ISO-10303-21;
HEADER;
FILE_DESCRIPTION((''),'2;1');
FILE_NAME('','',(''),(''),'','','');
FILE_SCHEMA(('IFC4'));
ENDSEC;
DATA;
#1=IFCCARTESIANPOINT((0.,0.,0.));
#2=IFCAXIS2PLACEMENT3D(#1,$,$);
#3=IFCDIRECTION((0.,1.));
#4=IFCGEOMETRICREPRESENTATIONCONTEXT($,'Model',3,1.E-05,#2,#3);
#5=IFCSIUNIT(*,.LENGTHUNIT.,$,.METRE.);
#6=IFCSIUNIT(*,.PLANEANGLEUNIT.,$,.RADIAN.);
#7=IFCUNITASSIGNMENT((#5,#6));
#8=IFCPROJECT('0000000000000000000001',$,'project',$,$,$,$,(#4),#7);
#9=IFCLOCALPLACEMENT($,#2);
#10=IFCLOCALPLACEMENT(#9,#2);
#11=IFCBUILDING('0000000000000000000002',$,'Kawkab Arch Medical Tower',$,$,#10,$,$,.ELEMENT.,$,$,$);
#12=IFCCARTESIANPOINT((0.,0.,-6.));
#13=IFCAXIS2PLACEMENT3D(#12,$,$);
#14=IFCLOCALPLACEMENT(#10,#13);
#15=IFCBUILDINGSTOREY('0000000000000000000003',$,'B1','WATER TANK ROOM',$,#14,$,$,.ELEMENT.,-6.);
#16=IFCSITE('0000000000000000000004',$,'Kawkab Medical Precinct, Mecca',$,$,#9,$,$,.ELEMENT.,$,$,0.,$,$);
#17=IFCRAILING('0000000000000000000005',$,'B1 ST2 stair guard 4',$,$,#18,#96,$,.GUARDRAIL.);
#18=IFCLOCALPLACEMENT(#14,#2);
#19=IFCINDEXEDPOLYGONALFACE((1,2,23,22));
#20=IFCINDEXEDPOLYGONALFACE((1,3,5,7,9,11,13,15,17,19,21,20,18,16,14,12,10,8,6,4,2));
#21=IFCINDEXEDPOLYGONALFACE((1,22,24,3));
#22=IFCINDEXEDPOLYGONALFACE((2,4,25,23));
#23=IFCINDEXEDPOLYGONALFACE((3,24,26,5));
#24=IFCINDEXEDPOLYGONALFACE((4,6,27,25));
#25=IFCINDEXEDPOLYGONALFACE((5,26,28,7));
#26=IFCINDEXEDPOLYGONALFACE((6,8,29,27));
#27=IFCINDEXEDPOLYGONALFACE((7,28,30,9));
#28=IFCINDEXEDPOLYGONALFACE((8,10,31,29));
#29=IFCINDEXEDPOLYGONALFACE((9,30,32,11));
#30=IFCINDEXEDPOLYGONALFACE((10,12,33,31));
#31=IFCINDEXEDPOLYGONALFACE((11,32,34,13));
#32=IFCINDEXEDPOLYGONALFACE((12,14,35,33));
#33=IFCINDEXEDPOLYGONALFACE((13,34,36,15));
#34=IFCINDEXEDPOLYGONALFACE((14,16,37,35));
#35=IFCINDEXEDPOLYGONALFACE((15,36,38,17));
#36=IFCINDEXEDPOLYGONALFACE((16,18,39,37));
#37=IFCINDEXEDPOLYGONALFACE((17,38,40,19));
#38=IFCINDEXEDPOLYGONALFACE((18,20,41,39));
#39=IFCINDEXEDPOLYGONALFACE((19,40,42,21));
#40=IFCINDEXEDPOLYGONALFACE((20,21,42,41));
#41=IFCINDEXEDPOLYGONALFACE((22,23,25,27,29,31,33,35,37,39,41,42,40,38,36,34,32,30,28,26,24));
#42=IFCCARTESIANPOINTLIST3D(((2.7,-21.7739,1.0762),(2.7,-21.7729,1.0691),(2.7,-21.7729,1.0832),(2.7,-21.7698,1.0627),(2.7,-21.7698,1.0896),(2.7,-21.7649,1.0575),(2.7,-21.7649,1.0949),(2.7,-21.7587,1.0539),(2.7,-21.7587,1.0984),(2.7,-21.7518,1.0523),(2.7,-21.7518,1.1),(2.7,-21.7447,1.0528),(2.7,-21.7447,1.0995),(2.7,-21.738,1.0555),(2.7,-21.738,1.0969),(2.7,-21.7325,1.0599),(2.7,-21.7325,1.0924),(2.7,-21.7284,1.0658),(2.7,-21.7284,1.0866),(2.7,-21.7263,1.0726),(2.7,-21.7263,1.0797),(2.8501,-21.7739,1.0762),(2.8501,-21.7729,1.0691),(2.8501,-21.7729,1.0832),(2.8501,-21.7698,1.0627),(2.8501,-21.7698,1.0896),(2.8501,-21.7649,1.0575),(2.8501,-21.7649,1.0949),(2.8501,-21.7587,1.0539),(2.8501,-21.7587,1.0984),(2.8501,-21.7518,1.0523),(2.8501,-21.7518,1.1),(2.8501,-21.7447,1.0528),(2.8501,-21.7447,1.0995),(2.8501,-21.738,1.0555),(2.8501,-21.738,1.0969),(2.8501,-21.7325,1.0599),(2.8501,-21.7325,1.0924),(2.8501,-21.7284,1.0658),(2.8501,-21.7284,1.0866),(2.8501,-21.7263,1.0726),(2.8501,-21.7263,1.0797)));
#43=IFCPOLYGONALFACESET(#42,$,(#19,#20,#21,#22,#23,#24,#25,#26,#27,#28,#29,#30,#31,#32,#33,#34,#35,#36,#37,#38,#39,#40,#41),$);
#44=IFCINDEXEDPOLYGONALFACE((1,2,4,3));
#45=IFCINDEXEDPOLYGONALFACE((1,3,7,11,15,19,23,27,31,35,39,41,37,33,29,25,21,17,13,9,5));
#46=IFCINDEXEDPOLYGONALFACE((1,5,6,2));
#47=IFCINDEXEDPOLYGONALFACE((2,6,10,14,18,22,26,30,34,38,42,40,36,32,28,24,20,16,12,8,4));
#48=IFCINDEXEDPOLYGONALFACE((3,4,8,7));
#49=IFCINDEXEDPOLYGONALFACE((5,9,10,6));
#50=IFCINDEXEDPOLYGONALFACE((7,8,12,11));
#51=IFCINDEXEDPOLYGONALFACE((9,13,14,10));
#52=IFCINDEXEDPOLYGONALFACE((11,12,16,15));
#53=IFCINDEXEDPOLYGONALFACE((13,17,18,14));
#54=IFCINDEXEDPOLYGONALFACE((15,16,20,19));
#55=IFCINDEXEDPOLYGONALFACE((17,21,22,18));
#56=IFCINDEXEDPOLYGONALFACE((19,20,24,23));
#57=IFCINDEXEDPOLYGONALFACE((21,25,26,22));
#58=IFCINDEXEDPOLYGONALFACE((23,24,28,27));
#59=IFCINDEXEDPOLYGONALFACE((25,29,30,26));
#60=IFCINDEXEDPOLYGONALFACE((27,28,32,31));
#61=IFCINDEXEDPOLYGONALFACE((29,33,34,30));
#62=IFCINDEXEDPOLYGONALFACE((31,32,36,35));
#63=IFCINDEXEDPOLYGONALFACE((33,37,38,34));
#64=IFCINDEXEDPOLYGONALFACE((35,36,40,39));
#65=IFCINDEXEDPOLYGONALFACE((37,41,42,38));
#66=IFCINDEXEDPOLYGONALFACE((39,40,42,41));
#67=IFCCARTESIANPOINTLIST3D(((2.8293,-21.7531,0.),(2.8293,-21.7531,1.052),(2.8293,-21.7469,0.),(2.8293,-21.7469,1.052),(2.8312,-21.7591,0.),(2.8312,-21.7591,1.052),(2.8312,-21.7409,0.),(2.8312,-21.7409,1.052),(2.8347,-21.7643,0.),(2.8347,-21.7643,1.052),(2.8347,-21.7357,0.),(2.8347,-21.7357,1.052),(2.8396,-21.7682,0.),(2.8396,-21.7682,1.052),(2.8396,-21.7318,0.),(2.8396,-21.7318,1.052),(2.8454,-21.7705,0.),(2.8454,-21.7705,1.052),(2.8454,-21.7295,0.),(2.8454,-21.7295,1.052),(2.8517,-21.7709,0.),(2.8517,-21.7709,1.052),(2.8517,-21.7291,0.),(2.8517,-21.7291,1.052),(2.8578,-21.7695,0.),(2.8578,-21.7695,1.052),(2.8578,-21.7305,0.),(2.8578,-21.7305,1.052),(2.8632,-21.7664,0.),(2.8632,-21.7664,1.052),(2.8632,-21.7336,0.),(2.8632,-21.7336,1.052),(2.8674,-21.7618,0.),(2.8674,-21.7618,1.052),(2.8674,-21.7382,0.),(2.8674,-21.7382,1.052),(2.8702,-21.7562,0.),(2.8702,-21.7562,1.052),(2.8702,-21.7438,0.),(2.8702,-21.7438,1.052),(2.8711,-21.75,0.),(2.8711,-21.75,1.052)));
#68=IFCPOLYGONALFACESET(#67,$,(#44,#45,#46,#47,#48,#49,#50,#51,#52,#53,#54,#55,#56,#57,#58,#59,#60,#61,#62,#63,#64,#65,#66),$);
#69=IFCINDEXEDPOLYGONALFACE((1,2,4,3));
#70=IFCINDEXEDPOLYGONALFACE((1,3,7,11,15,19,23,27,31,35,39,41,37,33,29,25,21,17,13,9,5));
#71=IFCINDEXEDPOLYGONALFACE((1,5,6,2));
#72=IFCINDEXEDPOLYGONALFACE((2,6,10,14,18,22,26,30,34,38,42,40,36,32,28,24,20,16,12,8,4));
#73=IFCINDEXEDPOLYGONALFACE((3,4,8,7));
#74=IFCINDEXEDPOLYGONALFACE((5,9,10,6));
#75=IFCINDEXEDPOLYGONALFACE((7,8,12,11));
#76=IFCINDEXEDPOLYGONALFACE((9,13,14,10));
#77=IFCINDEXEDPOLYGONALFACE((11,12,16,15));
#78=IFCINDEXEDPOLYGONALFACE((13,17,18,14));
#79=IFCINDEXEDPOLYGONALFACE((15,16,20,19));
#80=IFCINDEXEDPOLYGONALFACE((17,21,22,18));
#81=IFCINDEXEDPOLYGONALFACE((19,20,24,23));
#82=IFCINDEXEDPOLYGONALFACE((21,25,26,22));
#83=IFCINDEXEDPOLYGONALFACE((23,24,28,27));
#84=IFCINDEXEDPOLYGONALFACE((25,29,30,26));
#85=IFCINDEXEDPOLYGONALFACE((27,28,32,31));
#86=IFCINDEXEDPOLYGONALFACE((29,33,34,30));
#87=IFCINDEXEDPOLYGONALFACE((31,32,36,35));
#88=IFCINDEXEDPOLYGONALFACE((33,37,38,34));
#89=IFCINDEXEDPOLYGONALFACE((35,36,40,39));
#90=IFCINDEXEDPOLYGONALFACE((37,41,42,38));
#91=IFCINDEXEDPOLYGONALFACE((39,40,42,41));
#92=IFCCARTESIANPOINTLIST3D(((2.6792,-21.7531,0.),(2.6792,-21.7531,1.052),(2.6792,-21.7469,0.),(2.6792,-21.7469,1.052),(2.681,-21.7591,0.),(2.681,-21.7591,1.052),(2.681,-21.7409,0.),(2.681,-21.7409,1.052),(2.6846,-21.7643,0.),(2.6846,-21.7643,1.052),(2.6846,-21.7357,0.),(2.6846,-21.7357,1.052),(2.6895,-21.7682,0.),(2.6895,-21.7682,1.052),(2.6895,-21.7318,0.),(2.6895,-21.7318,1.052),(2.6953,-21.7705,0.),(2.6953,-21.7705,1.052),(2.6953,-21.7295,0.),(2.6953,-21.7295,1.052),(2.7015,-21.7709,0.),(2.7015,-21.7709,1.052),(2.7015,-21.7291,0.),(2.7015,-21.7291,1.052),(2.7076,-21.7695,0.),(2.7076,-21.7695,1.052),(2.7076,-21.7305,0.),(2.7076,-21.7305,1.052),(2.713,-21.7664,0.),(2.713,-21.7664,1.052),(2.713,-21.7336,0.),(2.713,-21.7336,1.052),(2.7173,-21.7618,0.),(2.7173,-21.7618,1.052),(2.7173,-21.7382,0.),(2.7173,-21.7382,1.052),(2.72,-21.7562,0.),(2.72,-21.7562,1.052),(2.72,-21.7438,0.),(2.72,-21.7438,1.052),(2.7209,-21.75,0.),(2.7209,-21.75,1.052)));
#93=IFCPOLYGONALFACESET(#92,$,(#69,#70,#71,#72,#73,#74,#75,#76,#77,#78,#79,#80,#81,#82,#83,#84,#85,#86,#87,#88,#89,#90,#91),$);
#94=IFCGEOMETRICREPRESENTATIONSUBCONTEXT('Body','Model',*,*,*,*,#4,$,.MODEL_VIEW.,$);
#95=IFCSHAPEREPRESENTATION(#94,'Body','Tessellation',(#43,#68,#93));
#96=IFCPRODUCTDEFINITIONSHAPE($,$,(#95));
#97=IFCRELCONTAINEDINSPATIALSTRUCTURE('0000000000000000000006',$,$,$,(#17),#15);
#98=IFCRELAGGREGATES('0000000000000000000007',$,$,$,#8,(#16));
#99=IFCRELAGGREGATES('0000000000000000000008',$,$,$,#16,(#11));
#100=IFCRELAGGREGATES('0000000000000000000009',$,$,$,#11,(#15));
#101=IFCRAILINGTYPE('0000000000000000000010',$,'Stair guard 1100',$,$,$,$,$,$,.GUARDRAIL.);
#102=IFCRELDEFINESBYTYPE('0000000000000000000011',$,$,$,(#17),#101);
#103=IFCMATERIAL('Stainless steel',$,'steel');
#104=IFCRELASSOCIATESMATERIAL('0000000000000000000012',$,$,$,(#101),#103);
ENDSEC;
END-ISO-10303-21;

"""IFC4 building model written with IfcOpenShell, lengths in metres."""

from ifc_helpers import new_model, si_unit, direction, frame, origin, origin_2d, place, context, subcontext, project, spatial, circle, extrude, material, type_object, element, save


model = new_model("IFC4")

# Units and contexts
model_context = context("Model", 3, precision=1e-05, world=origin(), true_north=direction((0.0, 1.0)))
body_context = subcontext(model_context, "Body", "Model", "MODEL_VIEW")
ifc_project = project(units=[si_unit("LENGTHUNIT", "METRE"), si_unit("PLANEANGLEUNIT", "RADIAN")], contexts=[model_context])

# Site, building, storey
site_placement = place(None, origin())
site = spatial("IfcSite", under=ifc_project, at=site_placement, Name="Kawkab Medical Precinct, Mecca", CompositionType="ELEMENT", RefElevation=0.0)
building_placement = place(site_placement, origin())
building = spatial("IfcBuilding", under=site, at=building_placement, Name="Kawkab Arch Medical Tower", CompositionType="ELEMENT")
storey_placement = place(building_placement, frame((0.0, 0.0, -6.0)))
storey = spatial("IfcBuildingStorey", under=building, at=storey_placement, Name="B1", Description="WATER TANK ROOM", CompositionType="ELEMENT", Elevation=-6.0)

# Railing
ifc_material_1 = material(Name="Stainless steel", Category="steel")
railing_type = type_object("IfcRailingType", Name="Stair guard 1100", PredefinedType="GUARDRAIL", material=ifc_material_1)
railing_1_placement = place(storey_placement, frame((2.8501, -21.75, 0.0)))
element("IfcRailing", 1, at=railing_1_placement, inside=storey, type_object=railing_type, Name="B1 ST2 stair guard 4", PredefinedType="GUARDRAIL", context=body_context, shape_type="SweptSolid", body=[
    extrude(circle(Radius=0.0239, at=origin_2d()), frame((0.0, 0.0, 1.0762), z_axis=(-1.0, 0.0, 0.0), x_axis=(0.0, -1.0, 0.0)), (0.0, 0.0, 1.0), 0.1501),
    extrude(circle(Radius=0.021, at=origin_2d()), origin(), (0.0, 0.0, 1.0), 1.052),
    extrude(circle(Radius=0.021, at=origin_2d()), frame((-0.1501, 0.0, 0.0)), (0.0, 0.0, 1.0), 1.052),
])

save(model, "model.ifc")
